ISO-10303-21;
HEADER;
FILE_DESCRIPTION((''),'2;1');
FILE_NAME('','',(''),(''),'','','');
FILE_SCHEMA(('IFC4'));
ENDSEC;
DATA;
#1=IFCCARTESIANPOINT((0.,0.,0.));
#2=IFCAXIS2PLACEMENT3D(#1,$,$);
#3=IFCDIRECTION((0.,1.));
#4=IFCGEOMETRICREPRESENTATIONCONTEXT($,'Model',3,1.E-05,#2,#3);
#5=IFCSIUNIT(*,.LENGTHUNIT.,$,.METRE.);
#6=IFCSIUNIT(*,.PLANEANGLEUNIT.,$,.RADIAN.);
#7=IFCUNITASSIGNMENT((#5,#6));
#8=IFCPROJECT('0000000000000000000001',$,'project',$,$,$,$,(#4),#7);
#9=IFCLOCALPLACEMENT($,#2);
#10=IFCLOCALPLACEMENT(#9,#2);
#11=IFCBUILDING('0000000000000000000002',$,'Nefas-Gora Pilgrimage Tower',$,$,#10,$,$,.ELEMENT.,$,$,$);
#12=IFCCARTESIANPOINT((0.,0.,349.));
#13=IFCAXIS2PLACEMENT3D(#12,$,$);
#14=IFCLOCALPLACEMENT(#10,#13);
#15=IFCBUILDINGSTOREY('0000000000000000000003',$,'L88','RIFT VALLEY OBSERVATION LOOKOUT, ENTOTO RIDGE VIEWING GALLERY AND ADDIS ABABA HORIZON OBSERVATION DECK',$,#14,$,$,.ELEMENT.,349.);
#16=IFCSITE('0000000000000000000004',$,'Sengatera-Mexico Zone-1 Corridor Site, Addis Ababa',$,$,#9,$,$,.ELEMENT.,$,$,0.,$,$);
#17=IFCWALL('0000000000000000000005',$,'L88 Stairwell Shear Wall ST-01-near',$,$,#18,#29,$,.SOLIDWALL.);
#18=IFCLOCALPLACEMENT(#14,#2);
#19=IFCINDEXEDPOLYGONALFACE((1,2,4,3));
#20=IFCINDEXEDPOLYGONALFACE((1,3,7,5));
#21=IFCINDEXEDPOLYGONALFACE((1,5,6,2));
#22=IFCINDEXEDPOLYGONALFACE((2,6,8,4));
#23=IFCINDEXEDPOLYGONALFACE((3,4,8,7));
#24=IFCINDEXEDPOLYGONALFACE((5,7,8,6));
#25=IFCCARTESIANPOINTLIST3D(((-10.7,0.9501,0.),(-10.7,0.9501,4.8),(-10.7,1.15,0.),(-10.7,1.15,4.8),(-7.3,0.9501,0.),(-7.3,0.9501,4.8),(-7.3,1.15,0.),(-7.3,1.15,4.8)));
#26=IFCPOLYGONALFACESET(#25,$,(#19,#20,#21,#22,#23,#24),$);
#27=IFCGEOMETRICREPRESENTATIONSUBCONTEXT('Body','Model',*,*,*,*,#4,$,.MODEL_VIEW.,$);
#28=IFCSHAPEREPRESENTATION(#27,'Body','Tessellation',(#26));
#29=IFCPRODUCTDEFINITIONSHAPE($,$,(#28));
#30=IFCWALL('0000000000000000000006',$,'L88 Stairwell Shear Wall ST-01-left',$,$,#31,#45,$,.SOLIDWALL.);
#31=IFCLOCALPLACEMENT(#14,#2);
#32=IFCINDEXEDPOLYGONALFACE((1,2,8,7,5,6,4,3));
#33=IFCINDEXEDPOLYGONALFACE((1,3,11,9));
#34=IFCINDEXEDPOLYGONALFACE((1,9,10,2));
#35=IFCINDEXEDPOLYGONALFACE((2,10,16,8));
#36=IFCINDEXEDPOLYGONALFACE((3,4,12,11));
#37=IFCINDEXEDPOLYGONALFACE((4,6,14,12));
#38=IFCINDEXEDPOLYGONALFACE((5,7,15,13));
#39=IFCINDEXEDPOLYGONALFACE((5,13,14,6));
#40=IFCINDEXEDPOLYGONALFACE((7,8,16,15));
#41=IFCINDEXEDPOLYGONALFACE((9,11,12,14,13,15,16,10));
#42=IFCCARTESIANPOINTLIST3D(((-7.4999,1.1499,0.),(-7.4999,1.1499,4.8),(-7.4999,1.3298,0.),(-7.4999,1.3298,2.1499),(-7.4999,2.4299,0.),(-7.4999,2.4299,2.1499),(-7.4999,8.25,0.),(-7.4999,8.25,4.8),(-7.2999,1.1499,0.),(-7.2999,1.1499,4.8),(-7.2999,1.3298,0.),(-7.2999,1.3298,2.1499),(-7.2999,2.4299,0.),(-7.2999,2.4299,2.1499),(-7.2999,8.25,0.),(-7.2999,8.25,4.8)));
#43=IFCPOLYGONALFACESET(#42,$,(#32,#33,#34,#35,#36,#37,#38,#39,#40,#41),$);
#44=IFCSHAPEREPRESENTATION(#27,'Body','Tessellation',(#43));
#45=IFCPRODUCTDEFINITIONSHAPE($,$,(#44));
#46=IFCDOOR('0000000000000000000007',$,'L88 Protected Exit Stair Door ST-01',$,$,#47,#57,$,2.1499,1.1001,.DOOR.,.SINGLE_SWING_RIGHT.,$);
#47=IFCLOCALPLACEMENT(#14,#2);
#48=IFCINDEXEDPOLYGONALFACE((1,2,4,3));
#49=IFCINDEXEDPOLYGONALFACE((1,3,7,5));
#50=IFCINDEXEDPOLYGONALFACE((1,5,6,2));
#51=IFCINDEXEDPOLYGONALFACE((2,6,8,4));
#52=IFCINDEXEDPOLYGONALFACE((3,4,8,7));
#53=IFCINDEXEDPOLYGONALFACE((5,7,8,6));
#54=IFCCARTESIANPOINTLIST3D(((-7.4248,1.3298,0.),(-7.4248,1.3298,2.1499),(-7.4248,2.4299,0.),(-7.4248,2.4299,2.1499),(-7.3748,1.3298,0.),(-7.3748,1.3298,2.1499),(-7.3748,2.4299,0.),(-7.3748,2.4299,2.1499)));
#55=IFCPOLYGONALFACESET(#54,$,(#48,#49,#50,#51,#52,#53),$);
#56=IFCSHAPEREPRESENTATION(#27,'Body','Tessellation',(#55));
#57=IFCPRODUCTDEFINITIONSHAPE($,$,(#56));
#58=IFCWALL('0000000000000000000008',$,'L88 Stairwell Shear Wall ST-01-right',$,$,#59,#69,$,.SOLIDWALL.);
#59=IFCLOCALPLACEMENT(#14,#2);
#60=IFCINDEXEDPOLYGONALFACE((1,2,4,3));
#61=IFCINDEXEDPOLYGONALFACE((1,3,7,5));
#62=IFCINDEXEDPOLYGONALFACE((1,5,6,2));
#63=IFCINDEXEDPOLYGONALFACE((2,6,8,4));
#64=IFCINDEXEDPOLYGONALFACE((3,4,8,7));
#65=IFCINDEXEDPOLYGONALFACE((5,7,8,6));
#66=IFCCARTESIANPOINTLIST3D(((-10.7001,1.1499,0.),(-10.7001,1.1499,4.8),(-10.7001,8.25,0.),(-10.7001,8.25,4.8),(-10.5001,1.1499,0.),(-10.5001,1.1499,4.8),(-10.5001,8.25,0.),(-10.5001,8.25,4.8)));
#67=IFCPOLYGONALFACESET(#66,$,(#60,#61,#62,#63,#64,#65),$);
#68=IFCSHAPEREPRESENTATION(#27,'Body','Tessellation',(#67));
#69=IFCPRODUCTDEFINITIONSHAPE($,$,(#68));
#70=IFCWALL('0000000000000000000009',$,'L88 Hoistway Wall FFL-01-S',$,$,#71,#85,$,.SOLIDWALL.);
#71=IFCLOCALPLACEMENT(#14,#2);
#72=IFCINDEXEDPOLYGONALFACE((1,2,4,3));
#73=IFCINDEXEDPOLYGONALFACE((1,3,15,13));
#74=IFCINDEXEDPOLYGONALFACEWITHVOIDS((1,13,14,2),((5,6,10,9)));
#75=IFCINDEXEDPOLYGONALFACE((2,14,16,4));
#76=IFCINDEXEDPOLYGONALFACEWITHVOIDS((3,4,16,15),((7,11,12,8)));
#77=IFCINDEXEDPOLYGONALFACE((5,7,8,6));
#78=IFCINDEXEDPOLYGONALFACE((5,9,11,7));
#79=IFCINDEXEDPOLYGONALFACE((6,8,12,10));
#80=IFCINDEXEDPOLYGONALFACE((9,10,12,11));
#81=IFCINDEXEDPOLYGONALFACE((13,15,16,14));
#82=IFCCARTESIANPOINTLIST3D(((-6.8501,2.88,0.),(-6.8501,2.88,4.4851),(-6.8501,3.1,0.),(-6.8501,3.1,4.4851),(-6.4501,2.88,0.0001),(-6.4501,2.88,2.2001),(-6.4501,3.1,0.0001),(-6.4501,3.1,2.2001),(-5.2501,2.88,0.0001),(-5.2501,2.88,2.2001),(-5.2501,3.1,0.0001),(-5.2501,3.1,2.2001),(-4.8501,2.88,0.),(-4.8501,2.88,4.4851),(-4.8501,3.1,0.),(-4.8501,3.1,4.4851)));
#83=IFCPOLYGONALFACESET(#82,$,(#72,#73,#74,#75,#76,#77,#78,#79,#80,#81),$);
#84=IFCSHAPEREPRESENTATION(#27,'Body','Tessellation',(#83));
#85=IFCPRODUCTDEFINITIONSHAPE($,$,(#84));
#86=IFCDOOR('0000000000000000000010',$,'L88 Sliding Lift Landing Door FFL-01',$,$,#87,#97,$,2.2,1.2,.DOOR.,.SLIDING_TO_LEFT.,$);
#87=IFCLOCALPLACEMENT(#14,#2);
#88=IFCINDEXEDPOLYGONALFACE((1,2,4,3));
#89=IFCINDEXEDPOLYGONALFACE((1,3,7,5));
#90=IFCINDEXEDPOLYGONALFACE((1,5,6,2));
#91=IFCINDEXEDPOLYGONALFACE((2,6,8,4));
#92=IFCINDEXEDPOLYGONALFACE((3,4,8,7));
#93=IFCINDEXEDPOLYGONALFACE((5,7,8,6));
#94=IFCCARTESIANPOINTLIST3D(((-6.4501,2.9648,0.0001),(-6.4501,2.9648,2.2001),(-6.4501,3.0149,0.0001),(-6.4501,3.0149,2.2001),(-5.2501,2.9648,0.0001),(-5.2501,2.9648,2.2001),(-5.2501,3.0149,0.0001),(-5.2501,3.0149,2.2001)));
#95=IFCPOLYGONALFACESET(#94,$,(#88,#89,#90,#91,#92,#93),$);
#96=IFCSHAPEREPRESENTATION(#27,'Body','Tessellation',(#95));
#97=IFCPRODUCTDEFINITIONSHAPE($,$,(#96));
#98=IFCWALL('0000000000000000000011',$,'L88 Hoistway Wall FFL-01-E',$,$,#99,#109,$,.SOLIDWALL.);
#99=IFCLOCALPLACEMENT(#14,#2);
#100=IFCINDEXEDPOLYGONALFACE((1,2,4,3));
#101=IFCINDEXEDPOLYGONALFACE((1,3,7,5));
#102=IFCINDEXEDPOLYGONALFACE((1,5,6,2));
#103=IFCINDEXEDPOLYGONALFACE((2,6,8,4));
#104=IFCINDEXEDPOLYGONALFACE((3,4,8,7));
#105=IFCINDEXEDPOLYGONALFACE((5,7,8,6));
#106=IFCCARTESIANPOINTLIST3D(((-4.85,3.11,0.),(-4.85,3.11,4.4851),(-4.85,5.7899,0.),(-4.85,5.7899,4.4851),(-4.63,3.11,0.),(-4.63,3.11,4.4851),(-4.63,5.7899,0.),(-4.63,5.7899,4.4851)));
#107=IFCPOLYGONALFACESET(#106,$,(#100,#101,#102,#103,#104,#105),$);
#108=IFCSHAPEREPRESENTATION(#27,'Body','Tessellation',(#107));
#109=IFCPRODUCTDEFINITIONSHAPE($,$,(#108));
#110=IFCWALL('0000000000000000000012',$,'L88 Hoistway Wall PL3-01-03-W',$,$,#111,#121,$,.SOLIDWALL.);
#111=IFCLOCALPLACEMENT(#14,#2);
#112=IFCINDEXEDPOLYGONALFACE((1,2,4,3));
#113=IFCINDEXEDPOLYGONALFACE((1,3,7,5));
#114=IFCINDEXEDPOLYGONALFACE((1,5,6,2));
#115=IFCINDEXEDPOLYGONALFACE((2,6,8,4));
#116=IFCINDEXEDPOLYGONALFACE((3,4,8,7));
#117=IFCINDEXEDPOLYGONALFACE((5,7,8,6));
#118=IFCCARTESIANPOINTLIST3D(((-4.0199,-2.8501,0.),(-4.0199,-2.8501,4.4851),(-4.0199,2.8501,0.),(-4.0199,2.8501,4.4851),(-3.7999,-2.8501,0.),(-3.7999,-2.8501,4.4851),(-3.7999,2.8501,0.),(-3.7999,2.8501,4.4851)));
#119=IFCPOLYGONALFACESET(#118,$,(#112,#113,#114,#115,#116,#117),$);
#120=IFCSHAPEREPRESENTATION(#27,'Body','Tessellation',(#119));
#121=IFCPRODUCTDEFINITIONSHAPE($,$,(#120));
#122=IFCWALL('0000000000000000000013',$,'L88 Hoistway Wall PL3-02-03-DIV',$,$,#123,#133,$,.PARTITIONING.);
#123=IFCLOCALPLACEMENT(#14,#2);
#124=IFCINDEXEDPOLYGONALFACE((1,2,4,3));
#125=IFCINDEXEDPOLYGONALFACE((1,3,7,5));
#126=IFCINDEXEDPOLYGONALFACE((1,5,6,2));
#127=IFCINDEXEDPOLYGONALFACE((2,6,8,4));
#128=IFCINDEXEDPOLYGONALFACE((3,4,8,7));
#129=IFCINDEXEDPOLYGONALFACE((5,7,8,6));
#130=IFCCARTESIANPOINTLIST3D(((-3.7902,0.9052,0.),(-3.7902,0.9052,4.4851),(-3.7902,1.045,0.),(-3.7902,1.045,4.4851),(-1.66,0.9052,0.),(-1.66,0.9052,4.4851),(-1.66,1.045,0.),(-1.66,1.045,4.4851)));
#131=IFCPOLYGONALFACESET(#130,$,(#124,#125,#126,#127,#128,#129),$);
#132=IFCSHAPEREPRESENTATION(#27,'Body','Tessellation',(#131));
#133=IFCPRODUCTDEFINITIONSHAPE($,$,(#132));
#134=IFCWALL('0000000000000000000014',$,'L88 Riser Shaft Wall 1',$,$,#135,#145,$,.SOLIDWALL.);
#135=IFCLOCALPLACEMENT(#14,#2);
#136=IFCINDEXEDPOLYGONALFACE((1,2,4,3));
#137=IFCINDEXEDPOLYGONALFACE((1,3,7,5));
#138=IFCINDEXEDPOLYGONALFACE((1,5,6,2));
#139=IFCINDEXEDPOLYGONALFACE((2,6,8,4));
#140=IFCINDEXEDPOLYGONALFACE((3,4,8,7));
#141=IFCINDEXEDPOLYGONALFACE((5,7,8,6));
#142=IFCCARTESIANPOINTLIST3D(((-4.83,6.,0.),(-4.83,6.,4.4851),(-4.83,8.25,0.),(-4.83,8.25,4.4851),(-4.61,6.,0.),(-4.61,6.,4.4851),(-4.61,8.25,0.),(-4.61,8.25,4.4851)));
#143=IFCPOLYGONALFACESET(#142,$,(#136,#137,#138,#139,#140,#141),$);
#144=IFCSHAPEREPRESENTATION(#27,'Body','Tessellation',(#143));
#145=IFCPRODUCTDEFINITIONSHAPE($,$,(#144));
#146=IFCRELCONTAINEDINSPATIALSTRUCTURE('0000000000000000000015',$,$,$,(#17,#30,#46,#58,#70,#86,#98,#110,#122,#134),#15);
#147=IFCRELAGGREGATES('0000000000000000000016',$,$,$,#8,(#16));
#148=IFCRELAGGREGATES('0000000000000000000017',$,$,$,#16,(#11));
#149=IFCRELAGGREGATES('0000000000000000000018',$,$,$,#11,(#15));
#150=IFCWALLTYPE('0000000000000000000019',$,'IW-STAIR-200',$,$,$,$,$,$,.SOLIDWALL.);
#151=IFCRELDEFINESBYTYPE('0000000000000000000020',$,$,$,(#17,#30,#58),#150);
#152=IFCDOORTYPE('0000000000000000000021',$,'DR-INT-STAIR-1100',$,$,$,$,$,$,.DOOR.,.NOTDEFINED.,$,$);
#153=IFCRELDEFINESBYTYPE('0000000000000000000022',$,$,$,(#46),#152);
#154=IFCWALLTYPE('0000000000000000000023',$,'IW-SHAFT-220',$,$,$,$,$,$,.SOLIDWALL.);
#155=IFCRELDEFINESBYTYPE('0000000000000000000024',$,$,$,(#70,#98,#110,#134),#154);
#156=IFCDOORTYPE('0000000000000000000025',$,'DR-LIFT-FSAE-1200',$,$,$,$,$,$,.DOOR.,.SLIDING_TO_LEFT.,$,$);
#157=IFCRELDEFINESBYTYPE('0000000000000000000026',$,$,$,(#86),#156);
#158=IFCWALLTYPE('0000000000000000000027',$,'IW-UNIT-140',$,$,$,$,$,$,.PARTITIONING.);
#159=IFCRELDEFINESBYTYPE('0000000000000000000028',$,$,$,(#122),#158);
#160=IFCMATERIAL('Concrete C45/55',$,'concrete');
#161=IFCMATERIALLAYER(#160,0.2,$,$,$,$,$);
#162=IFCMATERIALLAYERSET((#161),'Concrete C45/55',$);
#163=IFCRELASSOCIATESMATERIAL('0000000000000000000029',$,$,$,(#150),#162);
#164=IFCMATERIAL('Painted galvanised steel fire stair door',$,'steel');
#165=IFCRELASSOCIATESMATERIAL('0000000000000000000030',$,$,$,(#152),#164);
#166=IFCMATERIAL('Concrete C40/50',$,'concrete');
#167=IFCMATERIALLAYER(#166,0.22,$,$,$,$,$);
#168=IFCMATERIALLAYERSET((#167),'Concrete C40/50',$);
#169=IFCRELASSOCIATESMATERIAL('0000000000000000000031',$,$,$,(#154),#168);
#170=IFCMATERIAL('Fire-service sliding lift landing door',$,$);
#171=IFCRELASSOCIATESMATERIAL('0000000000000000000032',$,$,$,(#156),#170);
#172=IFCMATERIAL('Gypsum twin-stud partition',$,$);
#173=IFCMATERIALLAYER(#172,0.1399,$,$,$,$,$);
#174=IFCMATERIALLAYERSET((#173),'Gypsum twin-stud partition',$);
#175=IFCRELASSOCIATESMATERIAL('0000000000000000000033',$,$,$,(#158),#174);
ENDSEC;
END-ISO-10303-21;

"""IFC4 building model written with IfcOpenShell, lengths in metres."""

from ifc_helpers import new_model, si_unit, direction, frame, frame_2d, origin, place, context, subcontext, project, spatial, rectangle, extrude, source, transform, mapped, material, layer, layer_set, type_object, element, fill, save


model = new_model("IFC4")

# Units and contexts
model_context = context("Model", 3, precision=1e-05, world=origin(), true_north=direction((0.0, 1.0)))
body_context = subcontext(model_context, "Body", "Model", "MODEL_VIEW")
ifc_project = project(units=[si_unit("LENGTHUNIT", "METRE"), si_unit("PLANEANGLEUNIT", "RADIAN")], contexts=[model_context])

# Site, building, storey
site_placement = place(None, origin())
site = spatial("IfcSite", under=ifc_project, at=site_placement, Name="Sengatera-Mexico Zone-1 Corridor Site, Addis Ababa", CompositionType="ELEMENT", RefElevation=0.0)
building_placement = place(site_placement, origin())
building = spatial("IfcBuilding", under=site, at=building_placement, Name="Nefas-Gora Pilgrimage Tower", CompositionType="ELEMENT")
storey_placement = place(building_placement, frame((0.0, 0.0, 349.0)))
storey = spatial("IfcBuildingStorey", under=building, at=storey_placement, Name="L88", Description="RIFT VALLEY OBSERVATION LOOKOUT, ENTOTO RIDGE VIEWING GALLERY AND ADDIS ABABA HORIZON OBSERVATION DECK", CompositionType="ELEMENT", Elevation=349.0)

# Wall
ifc_material_1 = material(Name="Concrete C45/55", Category="concrete")
ifc_layer_1 = layer(ifc_material_1, 0.2)
ifc_layer_set_1 = layer_set([ifc_layer_1], Name="Concrete C45/55")
wall_type_1 = type_object("IfcWallType", Name="IW-STAIR-200", PredefinedType="SOLIDWALL", material=ifc_layer_set_1)
shared_shape_1 = source(origin(), body_context, "Body", "SweptSolid", [
    extrude(rectangle(XDim=3.3999, YDim=0.2, at=frame_2d((1.7, 0.0))), origin(), (0.0, 0.0, 1.0), 4.8),
])
wall_1_placement = place(storey_placement, frame((-7.3, 1.05, 0.0), z_axis=(0.0, 0.0, 1.0), x_axis=(-1.0, 0.0, 0.0)))
element("IfcWall", 1, at=wall_1_placement, inside=storey, type_object=wall_type_1, Name="L88 Stairwell Shear Wall ST-01-near", PredefinedType="SOLIDWALL", context=body_context, shape_type="MappedRepresentation", body=[
    mapped(shared_shape_1, transform((0.0, 0.0, 0.0), x_axis=(1.0, 0.0, 0.0), y_axis=(0.0, 1.0, 0.0), z_axis=(0.0, 0.0, 1.0), scale=1.0)),
])

# Wall, opening, door
shared_shape_2 = source(origin(), body_context, "Body", "SweptSolid", [
    extrude(rectangle(XDim=7.1001, YDim=0.2, at=frame_2d((3.55, 0.0))), origin(), (0.0, 0.0, 1.0), 4.8),
])
wall_2_placement = place(storey_placement, frame((-7.3999, 1.1499, 0.0), z_axis=(0.0, 0.0, 1.0), x_axis=(0.0, 1.0, 0.0)))
wall_2 = element("IfcWall", 2, at=wall_2_placement, inside=storey, type_object=wall_type_1, Name="L88 Stairwell Shear Wall ST-01-left", PredefinedType="SOLIDWALL", context=body_context, shape_type="MappedRepresentation", body=[
    mapped(shared_shape_2, transform((0.0, 0.0, 0.0), x_axis=(1.0, 0.0, 0.0), y_axis=(0.0, 1.0, 0.0), z_axis=(0.0, 0.0, 1.0), scale=1.0)),
])
opening_1_placement = place(wall_2_placement, frame((0.1799, 0.0, 0.0)))
opening_1 = element("IfcOpeningElement", 3, at=opening_1_placement, cuts=wall_2, PredefinedType="OPENING", context=body_context, shape_type="SweptSolid", body=[
    extrude(rectangle(XDim=1.1001, YDim=2.1499, at=frame_2d((0.55, 1.075))), frame((0.0, 0.1099, 0.0), z_axis=(0.0, -1.0, 0.0), x_axis=(1.0, 0.0, 0.0)), (0.0, 0.0, 1.0), 0.22),
])
ifc_material_2 = material(Name="Painted galvanised steel fire stair door", Category="steel")
door_type_1 = type_object("IfcDoorType", Name="DR-INT-STAIR-1100", OperationType="NOTDEFINED", PredefinedType="DOOR", material=ifc_material_2)
shared_shape_3 = source(origin(), body_context, "Body", "SweptSolid", [
    extrude(rectangle(XDim=1.1001, YDim=2.1499, at=frame_2d((0.55, 1.075))), frame((0.0, 0.0249, 0.0), z_axis=(0.0, -1.0, 0.0), x_axis=(1.0, 0.0, 0.0)), (0.0, 0.0, 1.0), 0.05),
])
door_1_placement = place(opening_1_placement, origin())
door_1 = element("IfcDoor", 4, at=door_1_placement, inside=storey, type_object=door_type_1, Name="L88 Protected Exit Stair Door ST-01", OperationType="SINGLE_SWING_RIGHT", OverallHeight=2.1499, OverallWidth=1.1001, PredefinedType="DOOR", context=body_context, shape_type="MappedRepresentation", body=[
    mapped(shared_shape_3, transform((0.0, 0.0, 0.0), x_axis=(1.0, 0.0, 0.0), y_axis=(0.0, 1.0, 0.0), z_axis=(0.0, 0.0, 1.0), scale=1.0)),
])
fill(opening_1, door_1)

# Wall
wall_3_placement = place(storey_placement, frame((-10.6001, 1.1499, 0.0), z_axis=(0.0, 0.0, 1.0), x_axis=(0.0, 1.0, 0.0)))
element("IfcWall", 5, at=wall_3_placement, inside=storey, type_object=wall_type_1, Name="L88 Stairwell Shear Wall ST-01-right", PredefinedType="SOLIDWALL", context=body_context, shape_type="MappedRepresentation", body=[
    mapped(shared_shape_2, transform((0.0, 0.0, 0.0), x_axis=(1.0, 0.0, 0.0), y_axis=(0.0, 1.0, 0.0), z_axis=(0.0, 0.0, 1.0), scale=1.0)),
])

# Wall, opening, door
ifc_material_3 = material(Name="Concrete C40/50", Category="concrete")
ifc_layer_2 = layer(ifc_material_3, 0.22)
ifc_layer_set_2 = layer_set([ifc_layer_2], Name="Concrete C40/50")
wall_type_2 = type_object("IfcWallType", Name="IW-SHAFT-220", PredefinedType="SOLIDWALL", material=ifc_layer_set_2)
shared_shape_4 = source(origin(), body_context, "Body", "SweptSolid", [
    extrude(rectangle(XDim=2.0, YDim=0.22, at=frame_2d((1.0, 0.0))), origin(), (0.0, 0.0, 1.0), 4.4851),
])
wall_4_placement = place(storey_placement, frame((-6.8501, 2.99, 0.0), z_axis=(0.0, 0.0, 1.0), x_axis=(1.0, 0.0, 0.0)))
wall_4 = element("IfcWall", 6, at=wall_4_placement, inside=storey, type_object=wall_type_2, Name="L88 Hoistway Wall FFL-01-S", PredefinedType="SOLIDWALL", context=body_context, shape_type="MappedRepresentation", body=[
    mapped(shared_shape_4, transform((0.0, 0.0, 0.0), x_axis=(1.0, 0.0, 0.0), y_axis=(0.0, 1.0, 0.0), z_axis=(0.0, 0.0, 1.0), scale=1.0)),
])
opening_2_placement = place(wall_4_placement, frame((0.3999, 0.0, 0.0)))
opening_2 = element("IfcOpeningElement", 7, at=opening_2_placement, cuts=wall_4, PredefinedType="OPENING", context=body_context, shape_type="SweptSolid", body=[
    extrude(rectangle(XDim=1.2, YDim=2.2, at=frame_2d((0.6001, 1.1001))), frame((0.0, 0.1199, 0.0), z_axis=(0.0, -1.0, 0.0), x_axis=(1.0, 0.0, 0.0)), (0.0, 0.0, 1.0), 0.24),
])
ifc_material_4 = material(Name="Fire-service sliding lift landing door")
door_type_2 = type_object("IfcDoorType", Name="DR-LIFT-FSAE-1200", OperationType="SLIDING_TO_LEFT", PredefinedType="DOOR", material=ifc_material_4)
shared_shape_5 = source(origin(), body_context, "Body", "SweptSolid", [
    extrude(rectangle(XDim=1.2, YDim=2.2, at=frame_2d((0.6001, 1.1001))), frame((0.0, 0.0249, 0.0), z_axis=(0.0, -1.0, 0.0), x_axis=(1.0, 0.0, 0.0)), (0.0, 0.0, 1.0), 0.05),
])
door_2_placement = place(opening_2_placement, origin())
door_2 = element("IfcDoor", 8, at=door_2_placement, inside=storey, type_object=door_type_2, Name="L88 Sliding Lift Landing Door FFL-01", OperationType="SLIDING_TO_LEFT", OverallHeight=2.2, OverallWidth=1.2, PredefinedType="DOOR", context=body_context, shape_type="MappedRepresentation", body=[
    mapped(shared_shape_5, transform((0.0, 0.0, 0.0), x_axis=(1.0, 0.0, 0.0), y_axis=(0.0, 1.0, 0.0), z_axis=(0.0, 0.0, 1.0), scale=1.0)),
])
fill(opening_2, door_2)

# Walls
shared_shape_6 = source(origin(), body_context, "Body", "SweptSolid", [
    extrude(rectangle(XDim=2.6799, YDim=0.22, at=frame_2d((1.3398, 0.0))), origin(), (0.0, 0.0, 1.0), 4.4851),
])
wall_5_placement = place(storey_placement, frame((-4.74, 3.1101, 0.0), z_axis=(0.0, 0.0, 1.0), x_axis=(0.0, 1.0, 0.0)))
element("IfcWall", 9, at=wall_5_placement, inside=storey, type_object=wall_type_2, Name="L88 Hoistway Wall FFL-01-E", PredefinedType="SOLIDWALL", context=body_context, shape_type="MappedRepresentation", body=[
    mapped(shared_shape_6, transform((0.0, 0.0, 0.0), x_axis=(1.0, 0.0, 0.0), y_axis=(0.0, 1.0, 0.0), z_axis=(0.0, 0.0, 1.0), scale=1.0)),
])
shared_shape_7 = source(origin(), body_context, "Body", "SweptSolid", [
    extrude(rectangle(XDim=5.7002, YDim=0.22, at=frame_2d((2.8501, 0.0))), origin(), (0.0, 0.0, 1.0), 4.4851),
])
wall_6_placement = place(storey_placement, frame((-3.9099, 2.8501, 0.0), z_axis=(0.0, 0.0, 1.0), x_axis=(0.0, -1.0, 0.0)))
element("IfcWall", 10, at=wall_6_placement, inside=storey, type_object=wall_type_2, Name="L88 Hoistway Wall PL3-01-03-W", PredefinedType="SOLIDWALL", context=body_context, shape_type="MappedRepresentation", body=[
    mapped(shared_shape_7, transform((0.0, 0.0, 0.0), x_axis=(1.0, 0.0, 0.0), y_axis=(0.0, 1.0, 0.0), z_axis=(0.0, 0.0, 1.0), scale=1.0)),
])
ifc_material_5 = material(Name="Gypsum twin-stud partition")
ifc_layer_3 = layer(ifc_material_5, 0.1399)
ifc_layer_set_3 = layer_set([ifc_layer_3], Name="Gypsum twin-stud partition")
wall_type_3 = type_object("IfcWallType", Name="IW-UNIT-140", PredefinedType="PARTITIONING", material=ifc_layer_set_3)
shared_shape_8 = source(origin(), body_context, "Body", "SweptSolid", [
    extrude(rectangle(XDim=2.1301, YDim=0.1399, at=frame_2d((1.0649, 0.0))), origin(), (0.0, 0.0, 1.0), 4.4851),
])
wall_7_placement = place(storey_placement, frame((-3.79, 0.9751, 0.0), z_axis=(0.0, 0.0, 1.0), x_axis=(1.0, 0.0, 0.0)))
element("IfcWall", 11, at=wall_7_placement, inside=storey, type_object=wall_type_3, Name="L88 Hoistway Wall PL3-02-03-DIV", PredefinedType="PARTITIONING", context=body_context, shape_type="MappedRepresentation", body=[
    mapped(shared_shape_8, transform((0.0, 0.0, 0.0), x_axis=(1.0, 0.0, 0.0), y_axis=(0.0, 1.0, 0.0), z_axis=(0.0, 0.0, 1.0), scale=1.0)),
])
shared_shape_9 = source(origin(), body_context, "Body", "SweptSolid", [
    extrude(rectangle(XDim=2.25, YDim=0.22, at=frame_2d((1.125, 0.0))), origin(), (0.0, 0.0, 1.0), 4.4851),
])
wall_8_placement = place(storey_placement, frame((-4.72, 6.0, 0.0), z_axis=(0.0, 0.0, 1.0), x_axis=(0.0, 1.0, 0.0)))
element("IfcWall", 12, at=wall_8_placement, inside=storey, type_object=wall_type_2, Name="L88 Riser Shaft Wall 1", PredefinedType="SOLIDWALL", context=body_context, shape_type="MappedRepresentation", body=[
    mapped(shared_shape_9, transform((0.0, 0.0, 0.0), x_axis=(1.0, 0.0, 0.0), y_axis=(0.0, 1.0, 0.0), z_axis=(0.0, 0.0, 1.0), scale=1.0)),
])

save(model, "model.ifc")
